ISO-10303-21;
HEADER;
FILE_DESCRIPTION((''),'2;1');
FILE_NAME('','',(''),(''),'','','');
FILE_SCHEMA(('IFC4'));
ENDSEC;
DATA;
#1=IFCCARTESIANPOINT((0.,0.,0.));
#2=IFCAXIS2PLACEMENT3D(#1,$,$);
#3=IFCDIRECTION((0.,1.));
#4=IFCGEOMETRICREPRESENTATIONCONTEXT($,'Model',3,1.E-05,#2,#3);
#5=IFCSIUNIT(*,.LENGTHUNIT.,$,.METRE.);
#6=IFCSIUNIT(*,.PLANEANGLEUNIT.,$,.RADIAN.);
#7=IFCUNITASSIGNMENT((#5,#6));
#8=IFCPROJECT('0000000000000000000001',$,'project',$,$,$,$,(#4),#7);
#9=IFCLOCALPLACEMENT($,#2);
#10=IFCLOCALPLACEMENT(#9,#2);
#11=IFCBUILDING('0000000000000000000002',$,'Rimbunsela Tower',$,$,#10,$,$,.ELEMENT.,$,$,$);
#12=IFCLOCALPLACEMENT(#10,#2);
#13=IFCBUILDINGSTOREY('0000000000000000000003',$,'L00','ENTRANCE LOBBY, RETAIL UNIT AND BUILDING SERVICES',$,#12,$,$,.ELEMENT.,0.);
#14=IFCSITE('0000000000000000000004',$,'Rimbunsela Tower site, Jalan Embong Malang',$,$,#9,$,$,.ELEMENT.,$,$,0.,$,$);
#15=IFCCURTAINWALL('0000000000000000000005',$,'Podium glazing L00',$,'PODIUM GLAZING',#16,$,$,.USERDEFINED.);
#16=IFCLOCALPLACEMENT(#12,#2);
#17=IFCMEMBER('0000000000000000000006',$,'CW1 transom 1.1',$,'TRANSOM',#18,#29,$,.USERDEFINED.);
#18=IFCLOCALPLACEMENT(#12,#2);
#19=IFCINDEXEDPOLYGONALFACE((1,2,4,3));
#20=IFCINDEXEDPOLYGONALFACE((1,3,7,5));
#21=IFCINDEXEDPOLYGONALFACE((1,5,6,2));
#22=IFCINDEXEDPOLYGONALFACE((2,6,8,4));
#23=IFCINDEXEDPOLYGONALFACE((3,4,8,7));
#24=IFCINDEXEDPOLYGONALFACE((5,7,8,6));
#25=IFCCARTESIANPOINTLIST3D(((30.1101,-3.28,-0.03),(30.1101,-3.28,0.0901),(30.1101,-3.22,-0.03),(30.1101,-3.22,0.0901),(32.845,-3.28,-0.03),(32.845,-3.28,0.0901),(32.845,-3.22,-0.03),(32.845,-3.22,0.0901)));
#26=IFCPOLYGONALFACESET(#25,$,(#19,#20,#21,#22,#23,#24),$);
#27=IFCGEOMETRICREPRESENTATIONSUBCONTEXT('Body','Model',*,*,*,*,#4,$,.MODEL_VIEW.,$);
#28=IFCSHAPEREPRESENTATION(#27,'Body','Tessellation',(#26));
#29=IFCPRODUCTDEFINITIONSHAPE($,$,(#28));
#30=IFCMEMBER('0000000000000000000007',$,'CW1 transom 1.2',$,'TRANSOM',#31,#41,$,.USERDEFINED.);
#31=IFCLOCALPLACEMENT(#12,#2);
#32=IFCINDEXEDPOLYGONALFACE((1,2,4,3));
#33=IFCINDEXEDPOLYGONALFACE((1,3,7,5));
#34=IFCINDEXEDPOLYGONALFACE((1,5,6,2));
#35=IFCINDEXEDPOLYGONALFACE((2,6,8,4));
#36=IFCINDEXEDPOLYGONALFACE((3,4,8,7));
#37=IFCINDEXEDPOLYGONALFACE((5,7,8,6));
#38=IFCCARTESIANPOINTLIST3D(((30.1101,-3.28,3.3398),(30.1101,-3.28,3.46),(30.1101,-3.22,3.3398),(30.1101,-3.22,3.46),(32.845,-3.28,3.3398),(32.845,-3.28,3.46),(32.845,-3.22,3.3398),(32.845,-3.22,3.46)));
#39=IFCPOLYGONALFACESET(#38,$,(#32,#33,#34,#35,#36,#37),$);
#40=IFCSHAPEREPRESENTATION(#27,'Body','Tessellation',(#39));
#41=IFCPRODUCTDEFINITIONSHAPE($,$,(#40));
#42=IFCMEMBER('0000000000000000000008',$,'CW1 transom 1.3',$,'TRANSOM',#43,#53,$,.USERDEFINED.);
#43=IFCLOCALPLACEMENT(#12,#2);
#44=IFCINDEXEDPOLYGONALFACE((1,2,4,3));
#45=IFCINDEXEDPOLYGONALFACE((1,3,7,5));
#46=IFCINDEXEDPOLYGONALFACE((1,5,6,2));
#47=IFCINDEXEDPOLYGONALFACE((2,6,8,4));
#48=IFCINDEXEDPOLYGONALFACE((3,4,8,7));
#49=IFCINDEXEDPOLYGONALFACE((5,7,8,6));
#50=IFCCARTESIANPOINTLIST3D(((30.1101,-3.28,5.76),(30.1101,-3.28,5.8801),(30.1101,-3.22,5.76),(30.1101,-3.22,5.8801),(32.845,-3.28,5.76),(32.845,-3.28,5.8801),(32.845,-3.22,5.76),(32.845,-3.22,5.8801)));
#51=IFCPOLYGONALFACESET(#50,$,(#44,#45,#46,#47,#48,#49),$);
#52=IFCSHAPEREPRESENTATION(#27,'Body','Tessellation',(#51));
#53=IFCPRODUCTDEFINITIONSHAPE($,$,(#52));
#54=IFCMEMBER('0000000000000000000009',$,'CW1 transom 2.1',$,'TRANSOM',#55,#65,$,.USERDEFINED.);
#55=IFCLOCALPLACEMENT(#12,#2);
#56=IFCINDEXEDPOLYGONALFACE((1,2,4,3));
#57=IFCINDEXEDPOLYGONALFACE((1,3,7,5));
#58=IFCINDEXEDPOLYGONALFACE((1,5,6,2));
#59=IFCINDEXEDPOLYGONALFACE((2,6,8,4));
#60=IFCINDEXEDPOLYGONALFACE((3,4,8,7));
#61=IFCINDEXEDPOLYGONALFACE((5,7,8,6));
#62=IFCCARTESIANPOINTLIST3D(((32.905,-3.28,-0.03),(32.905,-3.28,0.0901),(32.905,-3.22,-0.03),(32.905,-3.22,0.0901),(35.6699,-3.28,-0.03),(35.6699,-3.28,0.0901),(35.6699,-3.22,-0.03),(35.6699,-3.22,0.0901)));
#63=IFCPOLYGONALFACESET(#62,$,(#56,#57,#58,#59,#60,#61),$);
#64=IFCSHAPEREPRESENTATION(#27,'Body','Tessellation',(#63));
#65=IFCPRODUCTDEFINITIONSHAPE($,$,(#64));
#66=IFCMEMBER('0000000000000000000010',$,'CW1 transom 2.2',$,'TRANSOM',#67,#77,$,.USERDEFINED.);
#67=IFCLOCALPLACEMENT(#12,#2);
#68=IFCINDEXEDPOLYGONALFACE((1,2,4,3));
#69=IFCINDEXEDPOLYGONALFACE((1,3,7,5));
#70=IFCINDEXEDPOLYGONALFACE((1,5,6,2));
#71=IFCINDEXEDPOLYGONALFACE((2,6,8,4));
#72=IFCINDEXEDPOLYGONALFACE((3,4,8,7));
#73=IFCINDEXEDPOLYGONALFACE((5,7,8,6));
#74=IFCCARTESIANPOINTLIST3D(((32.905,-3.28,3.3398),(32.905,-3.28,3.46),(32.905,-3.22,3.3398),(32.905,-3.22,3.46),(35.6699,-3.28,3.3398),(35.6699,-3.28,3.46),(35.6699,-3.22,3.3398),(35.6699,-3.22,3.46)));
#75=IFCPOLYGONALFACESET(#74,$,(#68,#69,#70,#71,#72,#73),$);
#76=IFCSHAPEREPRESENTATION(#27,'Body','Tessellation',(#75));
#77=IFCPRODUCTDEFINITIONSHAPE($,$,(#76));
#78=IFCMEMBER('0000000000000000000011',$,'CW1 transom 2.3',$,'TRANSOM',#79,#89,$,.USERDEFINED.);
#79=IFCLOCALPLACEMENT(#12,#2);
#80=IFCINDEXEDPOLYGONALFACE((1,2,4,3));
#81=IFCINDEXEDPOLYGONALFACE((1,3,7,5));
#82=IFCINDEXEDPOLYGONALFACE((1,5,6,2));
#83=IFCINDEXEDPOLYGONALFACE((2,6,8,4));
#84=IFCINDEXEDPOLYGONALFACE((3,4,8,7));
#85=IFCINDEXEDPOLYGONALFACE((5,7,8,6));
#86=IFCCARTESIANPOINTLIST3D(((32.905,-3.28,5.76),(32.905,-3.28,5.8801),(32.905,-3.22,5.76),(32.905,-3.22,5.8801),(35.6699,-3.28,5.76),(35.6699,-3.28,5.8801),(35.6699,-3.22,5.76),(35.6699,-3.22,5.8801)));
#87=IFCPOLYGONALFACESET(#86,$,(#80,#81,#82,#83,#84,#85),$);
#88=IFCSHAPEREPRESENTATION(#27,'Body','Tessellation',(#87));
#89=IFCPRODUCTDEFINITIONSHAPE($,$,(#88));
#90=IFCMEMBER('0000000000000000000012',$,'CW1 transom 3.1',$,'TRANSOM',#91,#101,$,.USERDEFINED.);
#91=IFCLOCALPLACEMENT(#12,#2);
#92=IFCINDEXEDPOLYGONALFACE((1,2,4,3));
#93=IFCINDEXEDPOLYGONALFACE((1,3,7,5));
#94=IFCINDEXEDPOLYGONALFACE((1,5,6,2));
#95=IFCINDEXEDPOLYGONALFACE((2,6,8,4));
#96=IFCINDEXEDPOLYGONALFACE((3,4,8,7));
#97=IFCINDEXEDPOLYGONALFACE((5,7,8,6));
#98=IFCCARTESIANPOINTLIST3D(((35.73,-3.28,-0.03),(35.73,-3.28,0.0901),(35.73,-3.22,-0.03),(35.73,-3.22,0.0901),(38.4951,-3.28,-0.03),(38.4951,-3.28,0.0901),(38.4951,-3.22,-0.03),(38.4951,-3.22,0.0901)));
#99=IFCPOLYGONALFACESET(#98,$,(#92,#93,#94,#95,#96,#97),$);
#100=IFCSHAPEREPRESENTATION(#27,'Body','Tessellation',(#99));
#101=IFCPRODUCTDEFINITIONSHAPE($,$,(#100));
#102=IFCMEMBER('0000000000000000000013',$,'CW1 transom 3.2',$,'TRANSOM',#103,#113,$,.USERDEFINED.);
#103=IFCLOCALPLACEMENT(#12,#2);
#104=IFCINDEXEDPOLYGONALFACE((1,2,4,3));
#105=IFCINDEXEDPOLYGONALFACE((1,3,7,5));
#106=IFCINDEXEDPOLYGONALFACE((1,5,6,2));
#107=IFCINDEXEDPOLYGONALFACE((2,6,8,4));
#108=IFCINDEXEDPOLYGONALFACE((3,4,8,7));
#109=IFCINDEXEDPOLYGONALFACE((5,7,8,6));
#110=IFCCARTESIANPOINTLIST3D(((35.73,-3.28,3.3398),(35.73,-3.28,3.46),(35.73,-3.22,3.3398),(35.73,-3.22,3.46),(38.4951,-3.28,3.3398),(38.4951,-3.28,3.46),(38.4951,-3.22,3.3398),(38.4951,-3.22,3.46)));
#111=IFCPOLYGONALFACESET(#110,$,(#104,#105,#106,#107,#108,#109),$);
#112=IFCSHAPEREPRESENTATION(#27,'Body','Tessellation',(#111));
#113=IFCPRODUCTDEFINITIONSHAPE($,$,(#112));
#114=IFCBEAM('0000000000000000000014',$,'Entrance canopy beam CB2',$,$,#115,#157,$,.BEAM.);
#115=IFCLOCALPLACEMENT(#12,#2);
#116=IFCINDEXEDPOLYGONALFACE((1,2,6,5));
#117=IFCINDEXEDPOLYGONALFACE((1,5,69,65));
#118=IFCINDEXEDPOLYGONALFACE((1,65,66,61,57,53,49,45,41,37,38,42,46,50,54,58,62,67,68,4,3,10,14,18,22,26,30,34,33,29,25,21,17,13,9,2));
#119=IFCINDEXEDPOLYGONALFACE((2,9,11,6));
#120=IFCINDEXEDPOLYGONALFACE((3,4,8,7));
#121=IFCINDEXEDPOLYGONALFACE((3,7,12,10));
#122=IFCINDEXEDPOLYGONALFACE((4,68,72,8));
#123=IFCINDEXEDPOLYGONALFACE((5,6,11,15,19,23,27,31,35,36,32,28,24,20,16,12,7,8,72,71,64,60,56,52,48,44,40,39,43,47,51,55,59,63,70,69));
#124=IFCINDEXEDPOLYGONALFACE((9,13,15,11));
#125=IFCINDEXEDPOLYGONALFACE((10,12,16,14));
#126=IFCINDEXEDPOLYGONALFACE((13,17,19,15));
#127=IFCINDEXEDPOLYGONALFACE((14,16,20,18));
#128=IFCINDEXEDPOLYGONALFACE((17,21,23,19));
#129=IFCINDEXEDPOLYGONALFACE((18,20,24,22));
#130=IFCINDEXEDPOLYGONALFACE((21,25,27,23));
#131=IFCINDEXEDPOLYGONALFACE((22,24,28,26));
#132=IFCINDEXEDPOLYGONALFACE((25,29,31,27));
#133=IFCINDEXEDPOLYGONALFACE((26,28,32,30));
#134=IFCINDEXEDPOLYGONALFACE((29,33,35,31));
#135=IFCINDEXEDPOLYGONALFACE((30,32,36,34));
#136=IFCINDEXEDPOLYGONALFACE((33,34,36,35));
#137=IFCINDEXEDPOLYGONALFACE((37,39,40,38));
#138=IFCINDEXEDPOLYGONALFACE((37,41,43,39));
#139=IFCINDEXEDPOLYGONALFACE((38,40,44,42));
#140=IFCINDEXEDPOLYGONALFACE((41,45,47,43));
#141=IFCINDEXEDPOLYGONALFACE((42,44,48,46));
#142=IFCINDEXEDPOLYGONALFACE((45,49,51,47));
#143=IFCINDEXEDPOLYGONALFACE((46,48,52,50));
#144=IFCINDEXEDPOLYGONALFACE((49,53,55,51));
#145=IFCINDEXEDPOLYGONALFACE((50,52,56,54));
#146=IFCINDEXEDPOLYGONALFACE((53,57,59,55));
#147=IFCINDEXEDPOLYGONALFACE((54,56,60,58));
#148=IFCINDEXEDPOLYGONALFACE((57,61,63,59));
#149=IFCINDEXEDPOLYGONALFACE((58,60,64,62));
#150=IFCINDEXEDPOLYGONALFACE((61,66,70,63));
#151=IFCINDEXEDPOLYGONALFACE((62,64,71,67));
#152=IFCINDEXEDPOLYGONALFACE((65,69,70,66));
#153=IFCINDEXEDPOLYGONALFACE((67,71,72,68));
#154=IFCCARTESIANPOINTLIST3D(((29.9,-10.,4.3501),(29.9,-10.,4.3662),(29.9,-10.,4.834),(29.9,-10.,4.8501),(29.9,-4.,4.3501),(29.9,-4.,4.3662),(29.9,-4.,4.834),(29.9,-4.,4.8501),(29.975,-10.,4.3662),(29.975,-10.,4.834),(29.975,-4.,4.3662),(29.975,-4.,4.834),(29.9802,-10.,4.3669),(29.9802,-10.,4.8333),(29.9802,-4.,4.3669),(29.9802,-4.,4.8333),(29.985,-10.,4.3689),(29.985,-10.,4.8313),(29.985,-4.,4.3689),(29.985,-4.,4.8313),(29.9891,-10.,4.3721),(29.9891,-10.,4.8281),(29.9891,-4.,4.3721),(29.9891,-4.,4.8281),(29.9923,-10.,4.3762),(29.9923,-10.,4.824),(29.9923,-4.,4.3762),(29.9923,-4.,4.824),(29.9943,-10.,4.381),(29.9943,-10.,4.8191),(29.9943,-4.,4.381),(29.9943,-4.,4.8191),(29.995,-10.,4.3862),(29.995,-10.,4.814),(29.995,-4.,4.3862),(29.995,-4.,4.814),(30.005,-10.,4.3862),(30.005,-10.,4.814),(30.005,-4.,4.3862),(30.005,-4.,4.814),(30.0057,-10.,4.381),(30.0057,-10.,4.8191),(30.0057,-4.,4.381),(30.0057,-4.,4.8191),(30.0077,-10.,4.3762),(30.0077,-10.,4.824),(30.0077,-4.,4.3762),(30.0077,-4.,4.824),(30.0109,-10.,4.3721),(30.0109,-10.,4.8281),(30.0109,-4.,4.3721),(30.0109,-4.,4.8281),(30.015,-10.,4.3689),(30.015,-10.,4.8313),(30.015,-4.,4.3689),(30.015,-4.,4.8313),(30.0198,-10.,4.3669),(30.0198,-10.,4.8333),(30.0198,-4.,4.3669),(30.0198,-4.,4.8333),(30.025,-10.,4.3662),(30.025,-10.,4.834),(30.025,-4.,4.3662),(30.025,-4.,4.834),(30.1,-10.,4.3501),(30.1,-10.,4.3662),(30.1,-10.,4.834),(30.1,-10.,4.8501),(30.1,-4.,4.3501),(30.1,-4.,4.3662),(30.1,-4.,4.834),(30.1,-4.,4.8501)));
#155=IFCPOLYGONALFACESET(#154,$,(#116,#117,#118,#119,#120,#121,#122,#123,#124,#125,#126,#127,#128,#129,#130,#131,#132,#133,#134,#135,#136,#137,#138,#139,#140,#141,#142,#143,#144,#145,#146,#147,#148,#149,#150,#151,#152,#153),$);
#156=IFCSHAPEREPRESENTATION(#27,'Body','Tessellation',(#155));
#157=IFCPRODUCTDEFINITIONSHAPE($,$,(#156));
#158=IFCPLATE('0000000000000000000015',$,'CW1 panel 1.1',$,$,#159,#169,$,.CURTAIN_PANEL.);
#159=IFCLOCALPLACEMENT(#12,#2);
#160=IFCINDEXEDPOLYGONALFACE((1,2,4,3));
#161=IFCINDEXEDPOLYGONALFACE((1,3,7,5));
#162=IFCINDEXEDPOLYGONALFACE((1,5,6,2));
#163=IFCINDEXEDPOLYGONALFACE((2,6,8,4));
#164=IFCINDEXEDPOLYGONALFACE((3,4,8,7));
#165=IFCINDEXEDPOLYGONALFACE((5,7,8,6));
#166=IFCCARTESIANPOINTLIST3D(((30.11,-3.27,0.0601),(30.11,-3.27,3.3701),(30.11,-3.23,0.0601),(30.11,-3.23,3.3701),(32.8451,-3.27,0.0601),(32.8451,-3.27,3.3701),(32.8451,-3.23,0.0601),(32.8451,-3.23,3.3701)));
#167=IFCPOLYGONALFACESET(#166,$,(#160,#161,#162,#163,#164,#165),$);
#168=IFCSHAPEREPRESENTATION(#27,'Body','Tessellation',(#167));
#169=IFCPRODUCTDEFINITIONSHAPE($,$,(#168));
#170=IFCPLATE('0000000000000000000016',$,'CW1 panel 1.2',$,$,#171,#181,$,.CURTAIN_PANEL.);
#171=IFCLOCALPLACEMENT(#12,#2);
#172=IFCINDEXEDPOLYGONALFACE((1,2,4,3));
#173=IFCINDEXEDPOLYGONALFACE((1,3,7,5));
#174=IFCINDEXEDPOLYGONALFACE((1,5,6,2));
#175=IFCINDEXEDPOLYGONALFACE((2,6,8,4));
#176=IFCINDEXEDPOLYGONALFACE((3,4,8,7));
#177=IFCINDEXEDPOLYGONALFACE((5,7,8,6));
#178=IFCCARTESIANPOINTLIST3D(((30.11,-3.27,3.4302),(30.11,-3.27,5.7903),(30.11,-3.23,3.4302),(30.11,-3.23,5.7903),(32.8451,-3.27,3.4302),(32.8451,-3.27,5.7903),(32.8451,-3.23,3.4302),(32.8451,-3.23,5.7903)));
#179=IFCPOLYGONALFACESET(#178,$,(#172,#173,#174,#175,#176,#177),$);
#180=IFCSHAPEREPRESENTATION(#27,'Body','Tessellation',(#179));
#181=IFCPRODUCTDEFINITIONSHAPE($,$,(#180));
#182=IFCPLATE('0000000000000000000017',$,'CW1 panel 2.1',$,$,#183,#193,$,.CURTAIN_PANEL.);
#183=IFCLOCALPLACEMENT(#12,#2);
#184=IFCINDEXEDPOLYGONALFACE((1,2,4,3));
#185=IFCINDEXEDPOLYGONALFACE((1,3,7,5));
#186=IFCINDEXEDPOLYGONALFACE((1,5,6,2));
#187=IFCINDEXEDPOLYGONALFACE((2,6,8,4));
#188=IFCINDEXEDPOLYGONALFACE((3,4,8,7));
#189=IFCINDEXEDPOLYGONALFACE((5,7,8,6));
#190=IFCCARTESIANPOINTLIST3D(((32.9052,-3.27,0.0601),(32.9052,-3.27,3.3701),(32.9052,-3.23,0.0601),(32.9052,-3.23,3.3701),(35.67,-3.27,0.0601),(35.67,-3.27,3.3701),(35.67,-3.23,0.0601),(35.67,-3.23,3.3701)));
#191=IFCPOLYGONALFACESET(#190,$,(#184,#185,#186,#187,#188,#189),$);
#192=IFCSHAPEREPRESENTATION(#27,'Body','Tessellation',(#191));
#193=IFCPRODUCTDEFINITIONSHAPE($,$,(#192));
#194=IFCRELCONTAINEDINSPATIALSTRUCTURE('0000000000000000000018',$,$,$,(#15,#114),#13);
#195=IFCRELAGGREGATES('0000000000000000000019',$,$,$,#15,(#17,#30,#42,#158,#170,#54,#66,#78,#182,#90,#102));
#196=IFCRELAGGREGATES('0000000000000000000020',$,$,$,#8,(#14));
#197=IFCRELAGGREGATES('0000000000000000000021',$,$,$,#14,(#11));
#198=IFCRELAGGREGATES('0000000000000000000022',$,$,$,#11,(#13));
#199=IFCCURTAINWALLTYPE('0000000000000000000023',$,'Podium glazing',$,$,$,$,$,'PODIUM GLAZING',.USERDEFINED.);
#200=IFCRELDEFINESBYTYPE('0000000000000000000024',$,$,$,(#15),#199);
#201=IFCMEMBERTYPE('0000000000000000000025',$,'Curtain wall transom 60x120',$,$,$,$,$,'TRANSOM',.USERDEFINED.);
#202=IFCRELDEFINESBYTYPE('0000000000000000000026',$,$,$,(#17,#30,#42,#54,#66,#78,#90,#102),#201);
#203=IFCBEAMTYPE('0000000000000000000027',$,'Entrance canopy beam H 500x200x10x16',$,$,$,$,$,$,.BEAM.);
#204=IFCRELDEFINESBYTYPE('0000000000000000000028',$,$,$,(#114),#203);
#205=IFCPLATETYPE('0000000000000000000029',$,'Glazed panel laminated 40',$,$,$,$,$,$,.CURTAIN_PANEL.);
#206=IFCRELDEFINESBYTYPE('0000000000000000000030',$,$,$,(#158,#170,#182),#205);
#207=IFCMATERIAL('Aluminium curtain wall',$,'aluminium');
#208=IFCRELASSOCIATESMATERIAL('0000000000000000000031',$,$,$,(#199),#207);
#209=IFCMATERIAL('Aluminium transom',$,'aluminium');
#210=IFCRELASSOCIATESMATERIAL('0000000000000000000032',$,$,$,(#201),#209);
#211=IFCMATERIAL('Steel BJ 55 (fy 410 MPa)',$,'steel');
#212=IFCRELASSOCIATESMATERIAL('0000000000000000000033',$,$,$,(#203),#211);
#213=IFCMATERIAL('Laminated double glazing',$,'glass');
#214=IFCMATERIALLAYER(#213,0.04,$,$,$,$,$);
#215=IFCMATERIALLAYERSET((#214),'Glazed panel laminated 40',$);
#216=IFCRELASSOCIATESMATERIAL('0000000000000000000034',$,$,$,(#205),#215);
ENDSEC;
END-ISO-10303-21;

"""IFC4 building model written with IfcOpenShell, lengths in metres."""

from ifc_helpers import new_model, si_unit, direction, frame, origin, origin_2d, place, context, subcontext, project, spatial, rectangle, i_section, extrude, material, layer, layer_set, material_profile, profile_set, type_object, element, aggregate, save


model = new_model("IFC4")

# Units and contexts
model_context = context("Model", 3, precision=1e-05, world=origin(), true_north=direction((0.0, 1.0)))
body_context = subcontext(model_context, "Body", "Model", "MODEL_VIEW")
ifc_project = project(units=[si_unit("LENGTHUNIT", "METRE"), si_unit("PLANEANGLEUNIT", "RADIAN")], contexts=[model_context])

# Site, building, storey
site_placement = place(None, origin())
site = spatial("IfcSite", under=ifc_project, at=site_placement, Name="Rimbunsela Tower site, Jalan Embong Malang", CompositionType="ELEMENT", RefElevation=0.0)
building_placement = place(site_placement, origin())
building = spatial("IfcBuilding", under=site, at=building_placement, Name="Rimbunsela Tower", CompositionType="ELEMENT")
storey_placement = place(building_placement, origin())
storey = spatial("IfcBuildingStorey", under=building, at=storey_placement, Name="L00", Description="ENTRANCE LOBBY, RETAIL UNIT AND BUILDING SERVICES", CompositionType="ELEMENT", Elevation=0.0)

# Curtain wall, members
ifc_material_1 = material(Name="Aluminium curtain wall", Category="aluminium")
curtain_wall_type = type_object("IfcCurtainWallType", Name="Podium glazing", ElementType="PODIUM GLAZING", PredefinedType="USERDEFINED", material=ifc_material_1)
curtain_wall_placement = place(storey_placement, origin())
curtain_wall = element("IfcCurtainWall", 1, at=curtain_wall_placement, inside=storey, type_object=curtain_wall_type, Name="Podium glazing L00", ObjectType="PODIUM GLAZING", PredefinedType="USERDEFINED")
ifc_material_2 = material(Name="Aluminium transom", Category="aluminium")
ifc_material_profile_1 = material_profile(ifc_material_2, rectangle(XDim=0.0601, YDim=0.1201, at=origin_2d()), Name="Transom 60x120")
ifc_profile_set_1 = profile_set([ifc_material_profile_1], Name="Aluminium transom")
member_type_1 = type_object("IfcMemberType", Name="Curtain wall transom 60x120", ElementType="TRANSOM", PredefinedType="USERDEFINED", material=ifc_profile_set_1)
member_1_placement = place(storey_placement, frame((30.1101, -3.25, 0.03), z_axis=(1.0, 0.0, 0.0), x_axis=(0.0, 1.0, 0.0)))
member_1 = element("IfcMember", 2, at=member_1_placement, type_object=member_type_1, Name="CW1 transom 1.1", ObjectType="TRANSOM", PredefinedType="USERDEFINED", context=body_context, shape_type="SweptSolid", body=[
    extrude(rectangle(XDim=0.0601, YDim=0.1201, at=origin_2d()), origin(), (0.0, 0.0, 1.0), 2.7349),
])
member_2_placement = place(storey_placement, frame((30.1101, -3.25, 3.3999), z_axis=(1.0, 0.0, 0.0), x_axis=(0.0, 1.0, 0.0)))
member_2 = element("IfcMember", 3, at=member_2_placement, type_object=member_type_1, Name="CW1 transom 1.2", ObjectType="TRANSOM", PredefinedType="USERDEFINED", context=body_context, shape_type="SweptSolid", body=[
    extrude(rectangle(XDim=0.0601, YDim=0.1201, at=origin_2d()), origin(), (0.0, 0.0, 1.0), 2.7349),
])
member_3_placement = place(storey_placement, frame((30.1101, -3.25, 5.8201), z_axis=(1.0, 0.0, 0.0), x_axis=(0.0, 1.0, 0.0)))
member_3 = element("IfcMember", 4, at=member_3_placement, type_object=member_type_1, Name="CW1 transom 1.3", ObjectType="TRANSOM", PredefinedType="USERDEFINED", context=body_context, shape_type="SweptSolid", body=[
    extrude(rectangle(XDim=0.0601, YDim=0.1201, at=origin_2d()), origin(), (0.0, 0.0, 1.0), 2.7349),
])
member_4_placement = place(storey_placement, frame((32.905, -3.25, 0.03), z_axis=(1.0, 0.0, 0.0), x_axis=(0.0, 1.0, 0.0)))
member_4 = element("IfcMember", 5, at=member_4_placement, type_object=member_type_1, Name="CW1 transom 2.1", ObjectType="TRANSOM", PredefinedType="USERDEFINED", context=body_context, shape_type="SweptSolid", body=[
    extrude(rectangle(XDim=0.0601, YDim=0.1201, at=origin_2d()), origin(), (0.0, 0.0, 1.0), 2.7649),
])
member_5_placement = place(storey_placement, frame((32.905, -3.25, 3.3999), z_axis=(1.0, 0.0, 0.0), x_axis=(0.0, 1.0, 0.0)))
member_5 = element("IfcMember", 6, at=member_5_placement, type_object=member_type_1, Name="CW1 transom 2.2", ObjectType="TRANSOM", PredefinedType="USERDEFINED", context=body_context, shape_type="SweptSolid", body=[
    extrude(rectangle(XDim=0.0601, YDim=0.1201, at=origin_2d()), origin(), (0.0, 0.0, 1.0), 2.7649),
])
member_6_placement = place(storey_placement, frame((32.905, -3.25, 5.8201), z_axis=(1.0, 0.0, 0.0), x_axis=(0.0, 1.0, 0.0)))
member_6 = element("IfcMember", 7, at=member_6_placement, type_object=member_type_1, Name="CW1 transom 2.3", ObjectType="TRANSOM", PredefinedType="USERDEFINED", context=body_context, shape_type="SweptSolid", body=[
    extrude(rectangle(XDim=0.0601, YDim=0.1201, at=origin_2d()), origin(), (0.0, 0.0, 1.0), 2.7649),
])
member_7_placement = place(storey_placement, frame((35.73, -3.25, 0.03), z_axis=(1.0, 0.0, 0.0), x_axis=(0.0, 1.0, 0.0)))
member_7 = element("IfcMember", 8, at=member_7_placement, type_object=member_type_1, Name="CW1 transom 3.1", ObjectType="TRANSOM", PredefinedType="USERDEFINED", context=body_context, shape_type="SweptSolid", body=[
    extrude(rectangle(XDim=0.0601, YDim=0.1201, at=origin_2d()), origin(), (0.0, 0.0, 1.0), 2.7651),
])
member_8_placement = place(storey_placement, frame((35.73, -3.25, 3.3999), z_axis=(1.0, 0.0, 0.0), x_axis=(0.0, 1.0, 0.0)))
member_8 = element("IfcMember", 9, at=member_8_placement, type_object=member_type_1, Name="CW1 transom 3.2", ObjectType="TRANSOM", PredefinedType="USERDEFINED", context=body_context, shape_type="SweptSolid", body=[
    extrude(rectangle(XDim=0.0601, YDim=0.1201, at=origin_2d()), origin(), (0.0, 0.0, 1.0), 2.7651),
])

# Beam
ifc_material_3 = material(Name="Steel BJ 55 (fy 410 MPa)", Category="steel")
ifc_material_profile_2 = material_profile(ifc_material_3, i_section(OverallWidth=0.2, OverallDepth=0.5, WebThickness=0.01, FlangeThickness=0.0161, FilletRadius=0.02, at=origin_2d()), Name="H 500x200x10x16")
ifc_profile_set_2 = profile_set([ifc_material_profile_2], Name="Steel BJ 55 (fy 410 MPa)")
beam_type = type_object("IfcBeamType", Name="Entrance canopy beam H 500x200x10x16", PredefinedType="BEAM", material=ifc_profile_set_2)
beam_placement = place(storey_placement, frame((30.0, -10.0, 4.6001), z_axis=(0.0, 1.0, 0.0), x_axis=(-1.0, 0.0, 0.0)))
element("IfcBeam", 10, at=beam_placement, inside=storey, type_object=beam_type, Name="Entrance canopy beam CB2", PredefinedType="BEAM", context=body_context, shape_type="SweptSolid", body=[
    extrude(i_section(OverallWidth=0.2, OverallDepth=0.5, WebThickness=0.01, FlangeThickness=0.0161, FilletRadius=0.02, at=origin_2d()), origin(), (0.0, 0.0, 1.0), 6.0),
])

# Plates
ifc_material_4 = material(Name="Laminated double glazing", Category="glass")
ifc_layer_1 = layer(ifc_material_4, 0.04)
ifc_layer_set_1 = layer_set([ifc_layer_1], Name="Glazed panel laminated 40")
plate_type = type_object("IfcPlateType", Name="Glazed panel laminated 40", PredefinedType="CURTAIN_PANEL", material=ifc_layer_set_1)
plate_1_placement = place(storey_placement, frame((31.4775, -3.25, 0.0601), z_axis=(0.0, 0.0, 1.0), x_axis=(1.0, 0.0, 0.0)))
plate_1 = element("IfcPlate", 11, at=plate_1_placement, type_object=plate_type, Name="CW1 panel 1.1", PredefinedType="CURTAIN_PANEL", context=body_context, shape_type="SweptSolid", body=[
    extrude(rectangle(XDim=2.7351, YDim=0.04, at=origin_2d()), origin(), (0.0, 0.0, 1.0), 3.3101),
])
plate_2_placement = place(storey_placement, frame((31.4775, -3.25, 3.4302), z_axis=(0.0, 0.0, 1.0), x_axis=(1.0, 0.0, 0.0)))
plate_2 = element("IfcPlate", 12, at=plate_2_placement, type_object=plate_type, Name="CW1 panel 1.2", PredefinedType="CURTAIN_PANEL", context=body_context, shape_type="SweptSolid", body=[
    extrude(rectangle(XDim=2.7351, YDim=0.04, at=origin_2d()), origin(), (0.0, 0.0, 1.0), 2.3601),
])
plate_3_placement = place(storey_placement, frame((34.2876, -3.25, 0.0601), z_axis=(0.0, 0.0, 1.0), x_axis=(1.0, 0.0, 0.0)))
plate_3 = element("IfcPlate", 13, at=plate_3_placement, type_object=plate_type, Name="CW1 panel 2.1", PredefinedType="CURTAIN_PANEL", context=body_context, shape_type="SweptSolid", body=[
    extrude(rectangle(XDim=2.7649, YDim=0.04, at=origin_2d()), origin(), (0.0, 0.0, 1.0), 3.3101),
])
aggregate(curtain_wall, [member_1, member_2, member_3, plate_1, plate_2, member_4, member_5, member_6, plate_3, member_7, member_8])

save(model, "model.ifc")
